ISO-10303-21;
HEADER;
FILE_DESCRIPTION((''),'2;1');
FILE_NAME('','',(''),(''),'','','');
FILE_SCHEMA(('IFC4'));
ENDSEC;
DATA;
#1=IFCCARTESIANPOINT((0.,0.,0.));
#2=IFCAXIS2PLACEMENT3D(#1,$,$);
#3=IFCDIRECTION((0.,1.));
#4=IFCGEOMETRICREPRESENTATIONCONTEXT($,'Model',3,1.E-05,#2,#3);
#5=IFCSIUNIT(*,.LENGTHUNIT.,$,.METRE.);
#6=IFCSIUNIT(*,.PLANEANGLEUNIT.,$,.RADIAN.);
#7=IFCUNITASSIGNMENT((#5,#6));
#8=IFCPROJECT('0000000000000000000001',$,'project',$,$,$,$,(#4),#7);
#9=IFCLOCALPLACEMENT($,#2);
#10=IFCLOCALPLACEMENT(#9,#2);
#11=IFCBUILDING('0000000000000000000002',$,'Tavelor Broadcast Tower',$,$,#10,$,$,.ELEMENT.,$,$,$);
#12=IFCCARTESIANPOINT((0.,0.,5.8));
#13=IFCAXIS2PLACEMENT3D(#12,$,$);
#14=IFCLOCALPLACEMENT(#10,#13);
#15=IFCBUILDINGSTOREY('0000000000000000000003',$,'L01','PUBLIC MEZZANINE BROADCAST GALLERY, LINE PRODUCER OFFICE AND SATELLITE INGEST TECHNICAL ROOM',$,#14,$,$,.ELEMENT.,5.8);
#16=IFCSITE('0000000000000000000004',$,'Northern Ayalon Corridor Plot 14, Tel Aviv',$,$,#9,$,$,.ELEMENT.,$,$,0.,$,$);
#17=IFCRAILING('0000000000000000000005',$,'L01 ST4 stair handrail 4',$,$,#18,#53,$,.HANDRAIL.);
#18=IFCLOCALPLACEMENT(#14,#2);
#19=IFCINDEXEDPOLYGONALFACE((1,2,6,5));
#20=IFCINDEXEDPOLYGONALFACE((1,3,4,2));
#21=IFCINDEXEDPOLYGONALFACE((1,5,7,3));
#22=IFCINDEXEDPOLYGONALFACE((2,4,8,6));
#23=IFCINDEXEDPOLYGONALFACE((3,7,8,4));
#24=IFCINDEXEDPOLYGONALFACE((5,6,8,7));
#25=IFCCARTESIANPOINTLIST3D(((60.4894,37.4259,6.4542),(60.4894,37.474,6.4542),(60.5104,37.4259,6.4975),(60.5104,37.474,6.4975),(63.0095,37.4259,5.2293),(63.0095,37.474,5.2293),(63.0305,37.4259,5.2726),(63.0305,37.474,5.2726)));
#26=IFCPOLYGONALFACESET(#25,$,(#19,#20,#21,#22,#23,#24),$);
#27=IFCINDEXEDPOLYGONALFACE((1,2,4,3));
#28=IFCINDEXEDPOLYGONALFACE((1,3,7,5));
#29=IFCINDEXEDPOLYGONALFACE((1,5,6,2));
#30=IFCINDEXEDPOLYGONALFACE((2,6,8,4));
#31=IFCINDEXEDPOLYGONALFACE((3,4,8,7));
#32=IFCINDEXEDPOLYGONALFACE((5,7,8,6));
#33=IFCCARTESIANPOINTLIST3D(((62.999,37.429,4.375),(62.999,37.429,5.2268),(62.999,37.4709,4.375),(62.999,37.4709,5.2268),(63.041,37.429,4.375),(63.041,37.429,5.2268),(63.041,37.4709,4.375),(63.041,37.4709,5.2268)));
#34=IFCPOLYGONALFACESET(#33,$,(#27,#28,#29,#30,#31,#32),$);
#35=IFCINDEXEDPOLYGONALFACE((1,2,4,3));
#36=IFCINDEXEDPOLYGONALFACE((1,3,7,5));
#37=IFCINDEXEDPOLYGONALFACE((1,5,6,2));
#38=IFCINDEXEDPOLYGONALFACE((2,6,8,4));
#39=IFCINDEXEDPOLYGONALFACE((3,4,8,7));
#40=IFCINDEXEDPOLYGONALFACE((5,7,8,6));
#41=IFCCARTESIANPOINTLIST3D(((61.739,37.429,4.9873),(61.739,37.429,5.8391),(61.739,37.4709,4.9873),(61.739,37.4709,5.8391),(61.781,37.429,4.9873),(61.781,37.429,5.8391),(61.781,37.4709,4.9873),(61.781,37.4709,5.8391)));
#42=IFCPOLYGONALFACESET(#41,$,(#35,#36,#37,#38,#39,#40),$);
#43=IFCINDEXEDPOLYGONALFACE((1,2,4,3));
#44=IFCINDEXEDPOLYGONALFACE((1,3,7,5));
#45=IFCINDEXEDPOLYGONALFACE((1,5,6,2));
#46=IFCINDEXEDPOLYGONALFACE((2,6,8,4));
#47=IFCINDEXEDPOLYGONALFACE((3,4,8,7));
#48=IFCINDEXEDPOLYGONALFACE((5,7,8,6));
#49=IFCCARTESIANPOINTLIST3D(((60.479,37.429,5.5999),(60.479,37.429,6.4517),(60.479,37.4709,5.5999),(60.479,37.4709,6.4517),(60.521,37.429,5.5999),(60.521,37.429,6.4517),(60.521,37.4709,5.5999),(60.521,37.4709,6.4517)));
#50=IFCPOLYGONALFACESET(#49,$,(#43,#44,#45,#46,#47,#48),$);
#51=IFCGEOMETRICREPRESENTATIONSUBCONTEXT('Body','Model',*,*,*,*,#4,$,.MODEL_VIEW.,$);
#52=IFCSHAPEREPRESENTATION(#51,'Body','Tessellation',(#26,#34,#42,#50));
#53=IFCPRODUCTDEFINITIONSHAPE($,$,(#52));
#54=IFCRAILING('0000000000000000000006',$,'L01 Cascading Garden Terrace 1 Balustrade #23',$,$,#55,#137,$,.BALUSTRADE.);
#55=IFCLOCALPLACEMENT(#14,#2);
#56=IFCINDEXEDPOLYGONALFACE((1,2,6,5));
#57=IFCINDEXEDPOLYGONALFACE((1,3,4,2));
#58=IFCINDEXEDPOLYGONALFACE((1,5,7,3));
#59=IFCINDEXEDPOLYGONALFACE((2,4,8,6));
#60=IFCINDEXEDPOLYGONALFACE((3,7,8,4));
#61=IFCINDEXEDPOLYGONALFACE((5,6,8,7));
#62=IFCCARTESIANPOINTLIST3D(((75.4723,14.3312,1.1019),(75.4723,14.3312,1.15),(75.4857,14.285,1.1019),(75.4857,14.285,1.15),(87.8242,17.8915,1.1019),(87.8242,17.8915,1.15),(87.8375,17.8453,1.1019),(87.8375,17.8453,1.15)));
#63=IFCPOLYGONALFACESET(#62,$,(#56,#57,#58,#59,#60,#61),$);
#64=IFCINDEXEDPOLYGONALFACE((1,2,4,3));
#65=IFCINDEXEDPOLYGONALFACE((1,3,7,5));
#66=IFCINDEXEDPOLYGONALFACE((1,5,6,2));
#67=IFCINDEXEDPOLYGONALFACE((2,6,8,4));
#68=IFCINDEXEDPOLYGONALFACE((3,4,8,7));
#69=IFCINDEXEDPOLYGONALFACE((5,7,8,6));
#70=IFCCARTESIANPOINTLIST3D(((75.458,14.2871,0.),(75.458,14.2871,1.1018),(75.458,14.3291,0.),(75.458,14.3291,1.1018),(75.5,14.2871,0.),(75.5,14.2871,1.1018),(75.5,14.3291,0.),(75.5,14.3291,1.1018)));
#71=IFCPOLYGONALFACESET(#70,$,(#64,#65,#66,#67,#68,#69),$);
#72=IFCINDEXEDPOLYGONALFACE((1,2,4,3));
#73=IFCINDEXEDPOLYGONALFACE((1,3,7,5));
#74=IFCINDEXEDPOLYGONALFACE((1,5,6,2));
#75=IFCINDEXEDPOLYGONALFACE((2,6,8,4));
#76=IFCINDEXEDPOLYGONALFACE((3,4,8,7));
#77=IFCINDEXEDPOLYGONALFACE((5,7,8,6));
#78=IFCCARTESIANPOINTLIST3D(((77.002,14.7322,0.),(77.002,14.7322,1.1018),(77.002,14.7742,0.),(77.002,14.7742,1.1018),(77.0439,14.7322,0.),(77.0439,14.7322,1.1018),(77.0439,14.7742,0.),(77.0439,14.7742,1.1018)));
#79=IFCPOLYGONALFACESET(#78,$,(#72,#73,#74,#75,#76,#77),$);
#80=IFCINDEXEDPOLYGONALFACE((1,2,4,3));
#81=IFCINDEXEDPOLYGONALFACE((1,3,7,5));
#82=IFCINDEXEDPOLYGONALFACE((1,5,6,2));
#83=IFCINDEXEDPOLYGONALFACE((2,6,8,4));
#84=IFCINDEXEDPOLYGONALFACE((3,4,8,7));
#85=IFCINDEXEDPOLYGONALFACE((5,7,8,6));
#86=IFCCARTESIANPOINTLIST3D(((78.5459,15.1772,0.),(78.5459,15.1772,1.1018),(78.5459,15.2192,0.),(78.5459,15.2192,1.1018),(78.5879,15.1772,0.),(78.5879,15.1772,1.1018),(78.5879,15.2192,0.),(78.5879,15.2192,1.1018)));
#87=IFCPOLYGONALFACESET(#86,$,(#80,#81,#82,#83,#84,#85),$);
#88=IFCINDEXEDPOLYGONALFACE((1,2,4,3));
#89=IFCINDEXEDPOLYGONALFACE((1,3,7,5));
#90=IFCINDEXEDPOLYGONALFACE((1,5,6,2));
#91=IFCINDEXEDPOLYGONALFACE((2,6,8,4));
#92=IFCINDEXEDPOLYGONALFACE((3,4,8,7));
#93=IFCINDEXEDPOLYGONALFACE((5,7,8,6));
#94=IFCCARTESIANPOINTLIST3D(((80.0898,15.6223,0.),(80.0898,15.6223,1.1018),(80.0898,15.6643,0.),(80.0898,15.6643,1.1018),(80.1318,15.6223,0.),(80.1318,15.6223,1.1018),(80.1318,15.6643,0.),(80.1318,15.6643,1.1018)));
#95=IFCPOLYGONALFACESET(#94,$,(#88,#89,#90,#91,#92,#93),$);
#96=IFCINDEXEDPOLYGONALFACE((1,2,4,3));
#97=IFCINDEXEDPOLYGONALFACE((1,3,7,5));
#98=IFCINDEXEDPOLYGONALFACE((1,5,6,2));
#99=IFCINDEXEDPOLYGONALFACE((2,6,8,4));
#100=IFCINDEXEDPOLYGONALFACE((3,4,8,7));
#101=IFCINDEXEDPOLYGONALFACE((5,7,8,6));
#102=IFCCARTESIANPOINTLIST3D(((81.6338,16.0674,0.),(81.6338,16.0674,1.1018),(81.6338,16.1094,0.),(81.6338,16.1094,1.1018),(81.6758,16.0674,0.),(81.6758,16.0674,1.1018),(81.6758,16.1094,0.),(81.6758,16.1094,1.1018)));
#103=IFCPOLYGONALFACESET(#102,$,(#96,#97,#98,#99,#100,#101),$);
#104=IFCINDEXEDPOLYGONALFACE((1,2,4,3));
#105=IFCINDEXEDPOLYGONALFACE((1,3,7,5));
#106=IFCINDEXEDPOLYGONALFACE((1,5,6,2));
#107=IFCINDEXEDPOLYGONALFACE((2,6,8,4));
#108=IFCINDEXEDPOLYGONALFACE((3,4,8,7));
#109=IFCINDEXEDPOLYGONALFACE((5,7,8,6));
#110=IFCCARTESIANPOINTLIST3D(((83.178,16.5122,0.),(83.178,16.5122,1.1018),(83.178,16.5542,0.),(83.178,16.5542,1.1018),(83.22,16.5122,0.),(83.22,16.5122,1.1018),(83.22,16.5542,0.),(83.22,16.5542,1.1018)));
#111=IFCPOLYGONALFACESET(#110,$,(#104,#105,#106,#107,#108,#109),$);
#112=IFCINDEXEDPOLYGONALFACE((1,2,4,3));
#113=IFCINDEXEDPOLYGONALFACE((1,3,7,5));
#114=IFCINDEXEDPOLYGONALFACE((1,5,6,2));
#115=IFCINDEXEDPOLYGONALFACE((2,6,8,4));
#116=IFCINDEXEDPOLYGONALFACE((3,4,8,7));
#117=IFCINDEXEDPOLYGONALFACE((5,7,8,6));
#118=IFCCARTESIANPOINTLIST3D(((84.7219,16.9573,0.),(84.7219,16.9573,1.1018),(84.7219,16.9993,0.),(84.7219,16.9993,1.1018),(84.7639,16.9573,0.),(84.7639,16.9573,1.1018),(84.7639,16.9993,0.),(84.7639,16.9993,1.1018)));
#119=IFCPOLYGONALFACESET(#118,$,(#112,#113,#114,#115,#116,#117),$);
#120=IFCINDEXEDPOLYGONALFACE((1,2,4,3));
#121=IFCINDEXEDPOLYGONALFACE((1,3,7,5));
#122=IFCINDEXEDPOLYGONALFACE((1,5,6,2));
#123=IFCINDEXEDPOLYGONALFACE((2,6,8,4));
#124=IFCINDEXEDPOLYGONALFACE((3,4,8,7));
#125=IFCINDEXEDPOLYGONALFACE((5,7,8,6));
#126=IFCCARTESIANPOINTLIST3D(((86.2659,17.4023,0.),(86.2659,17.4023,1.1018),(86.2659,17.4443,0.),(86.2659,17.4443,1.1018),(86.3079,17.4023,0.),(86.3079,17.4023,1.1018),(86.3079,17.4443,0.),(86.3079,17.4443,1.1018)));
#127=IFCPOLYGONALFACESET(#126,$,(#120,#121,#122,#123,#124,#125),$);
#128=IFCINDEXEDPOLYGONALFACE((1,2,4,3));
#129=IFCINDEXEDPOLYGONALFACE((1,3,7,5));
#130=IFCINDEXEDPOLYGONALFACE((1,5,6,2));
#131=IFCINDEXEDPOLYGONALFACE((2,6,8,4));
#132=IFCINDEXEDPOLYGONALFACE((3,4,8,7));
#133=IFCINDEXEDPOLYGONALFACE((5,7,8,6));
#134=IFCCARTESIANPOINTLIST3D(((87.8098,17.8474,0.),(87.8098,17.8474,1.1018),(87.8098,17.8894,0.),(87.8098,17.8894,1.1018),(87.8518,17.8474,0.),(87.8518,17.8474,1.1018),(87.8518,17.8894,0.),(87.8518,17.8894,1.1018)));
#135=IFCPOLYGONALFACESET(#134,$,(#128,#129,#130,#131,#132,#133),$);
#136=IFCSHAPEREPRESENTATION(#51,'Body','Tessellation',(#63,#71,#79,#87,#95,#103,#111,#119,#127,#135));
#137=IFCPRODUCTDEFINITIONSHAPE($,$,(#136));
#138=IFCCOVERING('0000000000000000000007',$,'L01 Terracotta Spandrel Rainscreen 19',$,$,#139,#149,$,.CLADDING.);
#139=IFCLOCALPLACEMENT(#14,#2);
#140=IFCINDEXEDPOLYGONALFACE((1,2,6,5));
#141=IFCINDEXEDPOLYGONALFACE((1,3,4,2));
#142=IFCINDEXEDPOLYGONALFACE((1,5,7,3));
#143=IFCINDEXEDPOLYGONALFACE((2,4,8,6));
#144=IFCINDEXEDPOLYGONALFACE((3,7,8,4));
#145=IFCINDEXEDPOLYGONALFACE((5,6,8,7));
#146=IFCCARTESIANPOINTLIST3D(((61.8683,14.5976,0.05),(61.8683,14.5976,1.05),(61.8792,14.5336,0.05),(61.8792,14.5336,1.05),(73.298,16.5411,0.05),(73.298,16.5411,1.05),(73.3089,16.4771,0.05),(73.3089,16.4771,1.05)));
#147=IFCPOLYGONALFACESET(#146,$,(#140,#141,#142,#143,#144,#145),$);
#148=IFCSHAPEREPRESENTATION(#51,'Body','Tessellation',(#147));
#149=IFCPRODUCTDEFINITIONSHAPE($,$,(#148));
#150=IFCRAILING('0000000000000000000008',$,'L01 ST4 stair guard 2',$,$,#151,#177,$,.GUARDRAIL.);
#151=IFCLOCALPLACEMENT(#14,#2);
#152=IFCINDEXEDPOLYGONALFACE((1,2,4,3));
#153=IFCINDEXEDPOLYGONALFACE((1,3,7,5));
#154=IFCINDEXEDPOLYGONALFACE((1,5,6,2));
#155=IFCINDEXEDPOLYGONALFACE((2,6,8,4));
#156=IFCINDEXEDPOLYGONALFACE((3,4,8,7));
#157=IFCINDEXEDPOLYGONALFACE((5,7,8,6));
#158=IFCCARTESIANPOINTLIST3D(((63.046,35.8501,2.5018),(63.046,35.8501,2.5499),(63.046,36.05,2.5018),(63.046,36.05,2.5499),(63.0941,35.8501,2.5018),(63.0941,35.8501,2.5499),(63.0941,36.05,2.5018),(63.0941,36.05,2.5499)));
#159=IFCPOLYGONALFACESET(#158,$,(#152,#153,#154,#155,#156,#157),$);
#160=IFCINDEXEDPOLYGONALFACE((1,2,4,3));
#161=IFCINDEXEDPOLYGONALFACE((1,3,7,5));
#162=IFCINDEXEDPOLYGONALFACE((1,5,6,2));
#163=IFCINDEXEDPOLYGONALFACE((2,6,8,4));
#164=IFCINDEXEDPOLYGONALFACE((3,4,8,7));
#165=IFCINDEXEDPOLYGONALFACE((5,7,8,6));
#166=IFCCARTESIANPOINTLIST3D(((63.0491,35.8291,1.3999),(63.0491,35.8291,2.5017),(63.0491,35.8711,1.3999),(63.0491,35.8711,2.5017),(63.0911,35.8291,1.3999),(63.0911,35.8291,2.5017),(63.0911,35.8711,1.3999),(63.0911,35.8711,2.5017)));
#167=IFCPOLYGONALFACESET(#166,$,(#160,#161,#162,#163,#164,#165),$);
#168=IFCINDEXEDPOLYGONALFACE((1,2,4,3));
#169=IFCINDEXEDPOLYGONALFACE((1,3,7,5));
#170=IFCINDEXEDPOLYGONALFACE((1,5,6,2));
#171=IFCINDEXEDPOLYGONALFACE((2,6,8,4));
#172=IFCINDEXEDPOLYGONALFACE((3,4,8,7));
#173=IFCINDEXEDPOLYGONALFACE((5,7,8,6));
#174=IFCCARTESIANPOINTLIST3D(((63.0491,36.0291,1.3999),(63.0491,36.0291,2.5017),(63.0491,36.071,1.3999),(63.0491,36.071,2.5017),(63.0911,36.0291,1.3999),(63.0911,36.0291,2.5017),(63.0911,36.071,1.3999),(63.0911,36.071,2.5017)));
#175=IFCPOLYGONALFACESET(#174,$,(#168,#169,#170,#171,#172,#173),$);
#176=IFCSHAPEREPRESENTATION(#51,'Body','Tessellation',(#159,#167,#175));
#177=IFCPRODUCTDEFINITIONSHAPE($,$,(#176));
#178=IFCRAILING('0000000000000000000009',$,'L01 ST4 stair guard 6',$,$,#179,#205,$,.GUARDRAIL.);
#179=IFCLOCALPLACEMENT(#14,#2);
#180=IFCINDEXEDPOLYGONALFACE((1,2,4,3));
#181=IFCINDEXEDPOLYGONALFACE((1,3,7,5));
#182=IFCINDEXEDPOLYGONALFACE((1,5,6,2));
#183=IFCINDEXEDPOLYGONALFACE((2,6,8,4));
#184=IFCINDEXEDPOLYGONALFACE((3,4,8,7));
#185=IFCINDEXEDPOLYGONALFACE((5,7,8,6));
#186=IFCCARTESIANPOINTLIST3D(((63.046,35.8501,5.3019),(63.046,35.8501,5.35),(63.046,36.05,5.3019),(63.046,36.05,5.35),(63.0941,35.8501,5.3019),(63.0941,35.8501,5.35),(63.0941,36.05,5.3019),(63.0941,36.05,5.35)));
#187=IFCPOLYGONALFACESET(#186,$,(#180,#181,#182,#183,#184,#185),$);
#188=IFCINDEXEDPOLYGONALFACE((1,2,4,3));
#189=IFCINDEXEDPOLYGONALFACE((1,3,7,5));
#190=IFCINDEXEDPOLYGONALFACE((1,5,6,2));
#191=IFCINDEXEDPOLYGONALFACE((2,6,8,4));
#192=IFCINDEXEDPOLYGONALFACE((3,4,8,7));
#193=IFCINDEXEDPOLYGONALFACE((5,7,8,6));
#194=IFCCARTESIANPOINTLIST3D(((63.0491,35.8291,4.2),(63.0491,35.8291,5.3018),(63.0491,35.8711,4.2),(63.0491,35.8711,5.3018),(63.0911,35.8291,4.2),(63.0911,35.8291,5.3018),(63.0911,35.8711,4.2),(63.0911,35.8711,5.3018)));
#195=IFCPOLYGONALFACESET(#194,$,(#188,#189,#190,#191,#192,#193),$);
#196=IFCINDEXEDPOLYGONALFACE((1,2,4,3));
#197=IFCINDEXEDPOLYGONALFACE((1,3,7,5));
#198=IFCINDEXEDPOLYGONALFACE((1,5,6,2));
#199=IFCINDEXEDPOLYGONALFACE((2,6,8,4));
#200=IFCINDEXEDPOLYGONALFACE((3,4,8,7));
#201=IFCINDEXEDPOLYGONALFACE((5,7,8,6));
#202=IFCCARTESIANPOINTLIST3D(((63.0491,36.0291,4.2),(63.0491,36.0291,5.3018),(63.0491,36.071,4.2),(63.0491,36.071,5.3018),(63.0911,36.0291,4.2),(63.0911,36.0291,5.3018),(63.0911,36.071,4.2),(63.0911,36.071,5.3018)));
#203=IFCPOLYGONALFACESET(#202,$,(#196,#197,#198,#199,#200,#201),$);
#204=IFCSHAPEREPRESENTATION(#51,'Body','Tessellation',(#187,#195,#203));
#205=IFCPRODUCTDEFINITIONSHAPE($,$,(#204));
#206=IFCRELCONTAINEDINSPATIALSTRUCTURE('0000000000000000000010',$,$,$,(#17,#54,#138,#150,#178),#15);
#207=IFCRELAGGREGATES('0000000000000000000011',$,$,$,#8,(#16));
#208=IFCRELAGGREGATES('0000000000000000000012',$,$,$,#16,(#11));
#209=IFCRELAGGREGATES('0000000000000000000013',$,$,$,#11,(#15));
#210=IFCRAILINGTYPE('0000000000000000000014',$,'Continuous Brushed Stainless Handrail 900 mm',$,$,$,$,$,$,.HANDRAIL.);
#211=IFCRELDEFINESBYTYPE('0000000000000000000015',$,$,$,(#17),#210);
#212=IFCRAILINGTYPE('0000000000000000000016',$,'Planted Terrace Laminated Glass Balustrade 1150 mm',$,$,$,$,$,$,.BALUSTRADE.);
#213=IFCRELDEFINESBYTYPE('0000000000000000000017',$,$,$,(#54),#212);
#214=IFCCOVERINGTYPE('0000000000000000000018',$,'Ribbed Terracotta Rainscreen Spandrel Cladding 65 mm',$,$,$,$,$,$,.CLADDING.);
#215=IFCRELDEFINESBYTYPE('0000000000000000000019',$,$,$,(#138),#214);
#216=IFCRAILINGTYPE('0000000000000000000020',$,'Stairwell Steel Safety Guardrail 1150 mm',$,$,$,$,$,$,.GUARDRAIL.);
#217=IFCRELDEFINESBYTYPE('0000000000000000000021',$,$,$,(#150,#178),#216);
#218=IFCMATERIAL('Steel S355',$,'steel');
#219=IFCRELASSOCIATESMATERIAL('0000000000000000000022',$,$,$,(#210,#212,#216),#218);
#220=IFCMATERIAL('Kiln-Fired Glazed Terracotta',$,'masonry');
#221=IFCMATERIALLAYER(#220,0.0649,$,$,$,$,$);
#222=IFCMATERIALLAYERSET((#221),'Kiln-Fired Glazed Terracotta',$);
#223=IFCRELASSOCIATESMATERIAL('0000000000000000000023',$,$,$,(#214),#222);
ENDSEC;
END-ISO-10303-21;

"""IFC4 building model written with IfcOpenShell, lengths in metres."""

from ifc_helpers import new_model, si_unit, direction, frame, origin, origin_2d, place, context, subcontext, project, spatial, rectangle, extrude, material, layer, layer_set, type_object, element, save


model = new_model("IFC4")

# Units and contexts
model_context = context("Model", 3, precision=1e-05, world=origin(), true_north=direction((0.0, 1.0)))
body_context = subcontext(model_context, "Body", "Model", "MODEL_VIEW")
ifc_project = project(units=[si_unit("LENGTHUNIT", "METRE"), si_unit("PLANEANGLEUNIT", "RADIAN")], contexts=[model_context])

# Site, building, storey
site_placement = place(None, origin())
site = spatial("IfcSite", under=ifc_project, at=site_placement, Name="Northern Ayalon Corridor Plot 14, Tel Aviv", CompositionType="ELEMENT", RefElevation=0.0)
building_placement = place(site_placement, origin())
building = spatial("IfcBuilding", under=site, at=building_placement, Name="Tavelor Broadcast Tower", CompositionType="ELEMENT")
storey_placement = place(building_placement, frame((0.0, 0.0, 5.8)))
storey = spatial("IfcBuildingStorey", under=building, at=storey_placement, Name="L01", Description="PUBLIC MEZZANINE BROADCAST GALLERY, LINE PRODUCER OFFICE AND SATELLITE INGEST TECHNICAL ROOM", CompositionType="ELEMENT", Elevation=5.8)

# Shared definitions
ifc_material_1 = material(Name="Steel S355", Category="steel")

# Railings
railing_type_1 = type_object("IfcRailingType", Name="Continuous Brushed Stainless Handrail 900 mm", PredefinedType="HANDRAIL", material=ifc_material_1)
railing_1_placement = place(storey_placement, frame((63.02, 37.45, 4.375)))
element("IfcRailing", 1, at=railing_1_placement, inside=storey, type_object=railing_type_1, Name="L01 ST4 stair handrail 4", PredefinedType="HANDRAIL", context=body_context, shape_type="SweptSolid", body=[
    extrude(rectangle(XDim=0.0481, YDim=0.0481, at=origin_2d()), frame((0.0, 0.0, 0.876), z_axis=(-0.89939, 0.0, 0.437148), x_axis=(0.0, -1.0, 0.0)), (0.0, 0.0, 1.0), 2.802),
    extrude(rectangle(XDim=0.042, YDim=0.042, at=origin_2d()), origin(), (0.0, 0.0, 1.0), 0.8518),
    extrude(rectangle(XDim=0.042, YDim=0.042, at=origin_2d()), frame((-1.26, 0.0, 0.6123)), (0.0, 0.0, 1.0), 0.8518),
    extrude(rectangle(XDim=0.042, YDim=0.042, at=origin_2d()), frame((-2.52, 0.0, 1.2249)), (0.0, 0.0, 1.0), 0.8518),
])
railing_type_2 = type_object("IfcRailingType", Name="Planted Terrace Laminated Glass Balustrade 1150 mm", PredefinedType="BALUSTRADE", material=ifc_material_1)
railing_2_placement = place(storey_placement, frame((75.479, 14.3081, 0.0)))
element("IfcRailing", 2, at=railing_2_placement, inside=storey, type_object=railing_type_2, Name="L01 Cascading Garden Terrace 1 Balustrade #23", PredefinedType="BALUSTRADE", context=body_context, shape_type="SweptSolid", body=[
    extrude(rectangle(XDim=0.0481, YDim=0.0481, at=origin_2d()), frame((0.0, 0.0, 1.126), z_axis=(0.96088, 0.276965, 0.0), x_axis=(-0.276965, 0.96088, 0.0)), (0.0, 0.0, 1.0), 12.8547),
    extrude(rectangle(XDim=0.042, YDim=0.042, at=origin_2d()), origin(), (0.0, 0.0, 1.0), 1.1018),
    extrude(rectangle(XDim=0.042, YDim=0.042, at=origin_2d()), frame((1.5439, 0.4451, 0.0)), (0.0, 0.0, 1.0), 1.1018),
    extrude(rectangle(XDim=0.042, YDim=0.042, at=origin_2d()), frame((3.0879, 0.8901, 0.0)), (0.0, 0.0, 1.0), 1.1018),
    extrude(rectangle(XDim=0.042, YDim=0.042, at=origin_2d()), frame((4.6318, 1.3352, 0.0)), (0.0, 0.0, 1.0), 1.1018),
    extrude(rectangle(XDim=0.042, YDim=0.042, at=origin_2d()), frame((6.1758, 1.7803, 0.0)), (0.0, 0.0, 1.0), 1.1018),
    extrude(rectangle(XDim=0.042, YDim=0.042, at=origin_2d()), frame((7.72, 2.2251, 0.0)), (0.0, 0.0, 1.0), 1.1018),
    extrude(rectangle(XDim=0.042, YDim=0.042, at=origin_2d()), frame((9.2639, 2.6702, 0.0)), (0.0, 0.0, 1.0), 1.1018),
    extrude(rectangle(XDim=0.042, YDim=0.042, at=origin_2d()), frame((10.8079, 3.1152, 0.0)), (0.0, 0.0, 1.0), 1.1018),
    extrude(rectangle(XDim=0.042, YDim=0.042, at=origin_2d()), frame((12.3518, 3.5603, 0.0)), (0.0, 0.0, 1.0), 1.1018),
])

# Covering
ifc_material_2 = material(Name="Kiln-Fired Glazed Terracotta", Category="masonry")
ifc_layer_1 = layer(ifc_material_2, 0.0649)
ifc_layer_set_1 = layer_set([ifc_layer_1], Name="Kiln-Fired Glazed Terracotta")
covering_type = type_object("IfcCoveringType", Name="Ribbed Terracotta Rainscreen Spandrel Cladding 65 mm", PredefinedType="CLADDING", material=ifc_layer_set_1)
covering_placement = place(storey_placement, frame((67.5886, 15.5374, 0.05), z_axis=(0.0, 0.0, 1.0), x_axis=(0.98585, 0.167629, 0.0)))
element("IfcCovering", 3, at=covering_placement, inside=storey, type_object=covering_type, Name="L01 Terracotta Spandrel Rainscreen 19", PredefinedType="CLADDING", context=body_context, shape_type="SweptSolid", body=[
    extrude(rectangle(XDim=11.5938, YDim=0.0649, at=origin_2d()), origin(), (0.0, 0.0, 1.0), 1.0),
])

# Railings
railing_type_3 = type_object("IfcRailingType", Name="Stairwell Steel Safety Guardrail 1150 mm", PredefinedType="GUARDRAIL", material=ifc_material_1)
for number, where, name in (
    (4, (63.0701, 35.8501, 1.3999), "L01 ST4 stair guard 2"),
    (5, (63.0701, 35.8501, 4.2), "L01 ST4 stair guard 6"),
):
    element("IfcRailing", number, at=place(storey_placement, frame(where)), inside=storey, type_object=railing_type_3, Name=name, PredefinedType="GUARDRAIL", context=body_context, shape_type="SweptSolid", body=[
        extrude(rectangle(XDim=0.0481, YDim=0.0481, at=origin_2d()), frame((0.0, 0.0, 1.126), z_axis=(0.0, 1.0, 0.0), x_axis=(-1.0, 0.0, 0.0)), (0.0, 0.0, 1.0), 0.2),
        extrude(rectangle(XDim=0.042, YDim=0.042, at=origin_2d()), origin(), (0.0, 0.0, 1.0), 1.1018),
        extrude(rectangle(XDim=0.042, YDim=0.042, at=origin_2d()), frame((0.0, 0.2, 0.0)), (0.0, 0.0, 1.0), 1.1018),
    ])

save(model, "model.ifc")
